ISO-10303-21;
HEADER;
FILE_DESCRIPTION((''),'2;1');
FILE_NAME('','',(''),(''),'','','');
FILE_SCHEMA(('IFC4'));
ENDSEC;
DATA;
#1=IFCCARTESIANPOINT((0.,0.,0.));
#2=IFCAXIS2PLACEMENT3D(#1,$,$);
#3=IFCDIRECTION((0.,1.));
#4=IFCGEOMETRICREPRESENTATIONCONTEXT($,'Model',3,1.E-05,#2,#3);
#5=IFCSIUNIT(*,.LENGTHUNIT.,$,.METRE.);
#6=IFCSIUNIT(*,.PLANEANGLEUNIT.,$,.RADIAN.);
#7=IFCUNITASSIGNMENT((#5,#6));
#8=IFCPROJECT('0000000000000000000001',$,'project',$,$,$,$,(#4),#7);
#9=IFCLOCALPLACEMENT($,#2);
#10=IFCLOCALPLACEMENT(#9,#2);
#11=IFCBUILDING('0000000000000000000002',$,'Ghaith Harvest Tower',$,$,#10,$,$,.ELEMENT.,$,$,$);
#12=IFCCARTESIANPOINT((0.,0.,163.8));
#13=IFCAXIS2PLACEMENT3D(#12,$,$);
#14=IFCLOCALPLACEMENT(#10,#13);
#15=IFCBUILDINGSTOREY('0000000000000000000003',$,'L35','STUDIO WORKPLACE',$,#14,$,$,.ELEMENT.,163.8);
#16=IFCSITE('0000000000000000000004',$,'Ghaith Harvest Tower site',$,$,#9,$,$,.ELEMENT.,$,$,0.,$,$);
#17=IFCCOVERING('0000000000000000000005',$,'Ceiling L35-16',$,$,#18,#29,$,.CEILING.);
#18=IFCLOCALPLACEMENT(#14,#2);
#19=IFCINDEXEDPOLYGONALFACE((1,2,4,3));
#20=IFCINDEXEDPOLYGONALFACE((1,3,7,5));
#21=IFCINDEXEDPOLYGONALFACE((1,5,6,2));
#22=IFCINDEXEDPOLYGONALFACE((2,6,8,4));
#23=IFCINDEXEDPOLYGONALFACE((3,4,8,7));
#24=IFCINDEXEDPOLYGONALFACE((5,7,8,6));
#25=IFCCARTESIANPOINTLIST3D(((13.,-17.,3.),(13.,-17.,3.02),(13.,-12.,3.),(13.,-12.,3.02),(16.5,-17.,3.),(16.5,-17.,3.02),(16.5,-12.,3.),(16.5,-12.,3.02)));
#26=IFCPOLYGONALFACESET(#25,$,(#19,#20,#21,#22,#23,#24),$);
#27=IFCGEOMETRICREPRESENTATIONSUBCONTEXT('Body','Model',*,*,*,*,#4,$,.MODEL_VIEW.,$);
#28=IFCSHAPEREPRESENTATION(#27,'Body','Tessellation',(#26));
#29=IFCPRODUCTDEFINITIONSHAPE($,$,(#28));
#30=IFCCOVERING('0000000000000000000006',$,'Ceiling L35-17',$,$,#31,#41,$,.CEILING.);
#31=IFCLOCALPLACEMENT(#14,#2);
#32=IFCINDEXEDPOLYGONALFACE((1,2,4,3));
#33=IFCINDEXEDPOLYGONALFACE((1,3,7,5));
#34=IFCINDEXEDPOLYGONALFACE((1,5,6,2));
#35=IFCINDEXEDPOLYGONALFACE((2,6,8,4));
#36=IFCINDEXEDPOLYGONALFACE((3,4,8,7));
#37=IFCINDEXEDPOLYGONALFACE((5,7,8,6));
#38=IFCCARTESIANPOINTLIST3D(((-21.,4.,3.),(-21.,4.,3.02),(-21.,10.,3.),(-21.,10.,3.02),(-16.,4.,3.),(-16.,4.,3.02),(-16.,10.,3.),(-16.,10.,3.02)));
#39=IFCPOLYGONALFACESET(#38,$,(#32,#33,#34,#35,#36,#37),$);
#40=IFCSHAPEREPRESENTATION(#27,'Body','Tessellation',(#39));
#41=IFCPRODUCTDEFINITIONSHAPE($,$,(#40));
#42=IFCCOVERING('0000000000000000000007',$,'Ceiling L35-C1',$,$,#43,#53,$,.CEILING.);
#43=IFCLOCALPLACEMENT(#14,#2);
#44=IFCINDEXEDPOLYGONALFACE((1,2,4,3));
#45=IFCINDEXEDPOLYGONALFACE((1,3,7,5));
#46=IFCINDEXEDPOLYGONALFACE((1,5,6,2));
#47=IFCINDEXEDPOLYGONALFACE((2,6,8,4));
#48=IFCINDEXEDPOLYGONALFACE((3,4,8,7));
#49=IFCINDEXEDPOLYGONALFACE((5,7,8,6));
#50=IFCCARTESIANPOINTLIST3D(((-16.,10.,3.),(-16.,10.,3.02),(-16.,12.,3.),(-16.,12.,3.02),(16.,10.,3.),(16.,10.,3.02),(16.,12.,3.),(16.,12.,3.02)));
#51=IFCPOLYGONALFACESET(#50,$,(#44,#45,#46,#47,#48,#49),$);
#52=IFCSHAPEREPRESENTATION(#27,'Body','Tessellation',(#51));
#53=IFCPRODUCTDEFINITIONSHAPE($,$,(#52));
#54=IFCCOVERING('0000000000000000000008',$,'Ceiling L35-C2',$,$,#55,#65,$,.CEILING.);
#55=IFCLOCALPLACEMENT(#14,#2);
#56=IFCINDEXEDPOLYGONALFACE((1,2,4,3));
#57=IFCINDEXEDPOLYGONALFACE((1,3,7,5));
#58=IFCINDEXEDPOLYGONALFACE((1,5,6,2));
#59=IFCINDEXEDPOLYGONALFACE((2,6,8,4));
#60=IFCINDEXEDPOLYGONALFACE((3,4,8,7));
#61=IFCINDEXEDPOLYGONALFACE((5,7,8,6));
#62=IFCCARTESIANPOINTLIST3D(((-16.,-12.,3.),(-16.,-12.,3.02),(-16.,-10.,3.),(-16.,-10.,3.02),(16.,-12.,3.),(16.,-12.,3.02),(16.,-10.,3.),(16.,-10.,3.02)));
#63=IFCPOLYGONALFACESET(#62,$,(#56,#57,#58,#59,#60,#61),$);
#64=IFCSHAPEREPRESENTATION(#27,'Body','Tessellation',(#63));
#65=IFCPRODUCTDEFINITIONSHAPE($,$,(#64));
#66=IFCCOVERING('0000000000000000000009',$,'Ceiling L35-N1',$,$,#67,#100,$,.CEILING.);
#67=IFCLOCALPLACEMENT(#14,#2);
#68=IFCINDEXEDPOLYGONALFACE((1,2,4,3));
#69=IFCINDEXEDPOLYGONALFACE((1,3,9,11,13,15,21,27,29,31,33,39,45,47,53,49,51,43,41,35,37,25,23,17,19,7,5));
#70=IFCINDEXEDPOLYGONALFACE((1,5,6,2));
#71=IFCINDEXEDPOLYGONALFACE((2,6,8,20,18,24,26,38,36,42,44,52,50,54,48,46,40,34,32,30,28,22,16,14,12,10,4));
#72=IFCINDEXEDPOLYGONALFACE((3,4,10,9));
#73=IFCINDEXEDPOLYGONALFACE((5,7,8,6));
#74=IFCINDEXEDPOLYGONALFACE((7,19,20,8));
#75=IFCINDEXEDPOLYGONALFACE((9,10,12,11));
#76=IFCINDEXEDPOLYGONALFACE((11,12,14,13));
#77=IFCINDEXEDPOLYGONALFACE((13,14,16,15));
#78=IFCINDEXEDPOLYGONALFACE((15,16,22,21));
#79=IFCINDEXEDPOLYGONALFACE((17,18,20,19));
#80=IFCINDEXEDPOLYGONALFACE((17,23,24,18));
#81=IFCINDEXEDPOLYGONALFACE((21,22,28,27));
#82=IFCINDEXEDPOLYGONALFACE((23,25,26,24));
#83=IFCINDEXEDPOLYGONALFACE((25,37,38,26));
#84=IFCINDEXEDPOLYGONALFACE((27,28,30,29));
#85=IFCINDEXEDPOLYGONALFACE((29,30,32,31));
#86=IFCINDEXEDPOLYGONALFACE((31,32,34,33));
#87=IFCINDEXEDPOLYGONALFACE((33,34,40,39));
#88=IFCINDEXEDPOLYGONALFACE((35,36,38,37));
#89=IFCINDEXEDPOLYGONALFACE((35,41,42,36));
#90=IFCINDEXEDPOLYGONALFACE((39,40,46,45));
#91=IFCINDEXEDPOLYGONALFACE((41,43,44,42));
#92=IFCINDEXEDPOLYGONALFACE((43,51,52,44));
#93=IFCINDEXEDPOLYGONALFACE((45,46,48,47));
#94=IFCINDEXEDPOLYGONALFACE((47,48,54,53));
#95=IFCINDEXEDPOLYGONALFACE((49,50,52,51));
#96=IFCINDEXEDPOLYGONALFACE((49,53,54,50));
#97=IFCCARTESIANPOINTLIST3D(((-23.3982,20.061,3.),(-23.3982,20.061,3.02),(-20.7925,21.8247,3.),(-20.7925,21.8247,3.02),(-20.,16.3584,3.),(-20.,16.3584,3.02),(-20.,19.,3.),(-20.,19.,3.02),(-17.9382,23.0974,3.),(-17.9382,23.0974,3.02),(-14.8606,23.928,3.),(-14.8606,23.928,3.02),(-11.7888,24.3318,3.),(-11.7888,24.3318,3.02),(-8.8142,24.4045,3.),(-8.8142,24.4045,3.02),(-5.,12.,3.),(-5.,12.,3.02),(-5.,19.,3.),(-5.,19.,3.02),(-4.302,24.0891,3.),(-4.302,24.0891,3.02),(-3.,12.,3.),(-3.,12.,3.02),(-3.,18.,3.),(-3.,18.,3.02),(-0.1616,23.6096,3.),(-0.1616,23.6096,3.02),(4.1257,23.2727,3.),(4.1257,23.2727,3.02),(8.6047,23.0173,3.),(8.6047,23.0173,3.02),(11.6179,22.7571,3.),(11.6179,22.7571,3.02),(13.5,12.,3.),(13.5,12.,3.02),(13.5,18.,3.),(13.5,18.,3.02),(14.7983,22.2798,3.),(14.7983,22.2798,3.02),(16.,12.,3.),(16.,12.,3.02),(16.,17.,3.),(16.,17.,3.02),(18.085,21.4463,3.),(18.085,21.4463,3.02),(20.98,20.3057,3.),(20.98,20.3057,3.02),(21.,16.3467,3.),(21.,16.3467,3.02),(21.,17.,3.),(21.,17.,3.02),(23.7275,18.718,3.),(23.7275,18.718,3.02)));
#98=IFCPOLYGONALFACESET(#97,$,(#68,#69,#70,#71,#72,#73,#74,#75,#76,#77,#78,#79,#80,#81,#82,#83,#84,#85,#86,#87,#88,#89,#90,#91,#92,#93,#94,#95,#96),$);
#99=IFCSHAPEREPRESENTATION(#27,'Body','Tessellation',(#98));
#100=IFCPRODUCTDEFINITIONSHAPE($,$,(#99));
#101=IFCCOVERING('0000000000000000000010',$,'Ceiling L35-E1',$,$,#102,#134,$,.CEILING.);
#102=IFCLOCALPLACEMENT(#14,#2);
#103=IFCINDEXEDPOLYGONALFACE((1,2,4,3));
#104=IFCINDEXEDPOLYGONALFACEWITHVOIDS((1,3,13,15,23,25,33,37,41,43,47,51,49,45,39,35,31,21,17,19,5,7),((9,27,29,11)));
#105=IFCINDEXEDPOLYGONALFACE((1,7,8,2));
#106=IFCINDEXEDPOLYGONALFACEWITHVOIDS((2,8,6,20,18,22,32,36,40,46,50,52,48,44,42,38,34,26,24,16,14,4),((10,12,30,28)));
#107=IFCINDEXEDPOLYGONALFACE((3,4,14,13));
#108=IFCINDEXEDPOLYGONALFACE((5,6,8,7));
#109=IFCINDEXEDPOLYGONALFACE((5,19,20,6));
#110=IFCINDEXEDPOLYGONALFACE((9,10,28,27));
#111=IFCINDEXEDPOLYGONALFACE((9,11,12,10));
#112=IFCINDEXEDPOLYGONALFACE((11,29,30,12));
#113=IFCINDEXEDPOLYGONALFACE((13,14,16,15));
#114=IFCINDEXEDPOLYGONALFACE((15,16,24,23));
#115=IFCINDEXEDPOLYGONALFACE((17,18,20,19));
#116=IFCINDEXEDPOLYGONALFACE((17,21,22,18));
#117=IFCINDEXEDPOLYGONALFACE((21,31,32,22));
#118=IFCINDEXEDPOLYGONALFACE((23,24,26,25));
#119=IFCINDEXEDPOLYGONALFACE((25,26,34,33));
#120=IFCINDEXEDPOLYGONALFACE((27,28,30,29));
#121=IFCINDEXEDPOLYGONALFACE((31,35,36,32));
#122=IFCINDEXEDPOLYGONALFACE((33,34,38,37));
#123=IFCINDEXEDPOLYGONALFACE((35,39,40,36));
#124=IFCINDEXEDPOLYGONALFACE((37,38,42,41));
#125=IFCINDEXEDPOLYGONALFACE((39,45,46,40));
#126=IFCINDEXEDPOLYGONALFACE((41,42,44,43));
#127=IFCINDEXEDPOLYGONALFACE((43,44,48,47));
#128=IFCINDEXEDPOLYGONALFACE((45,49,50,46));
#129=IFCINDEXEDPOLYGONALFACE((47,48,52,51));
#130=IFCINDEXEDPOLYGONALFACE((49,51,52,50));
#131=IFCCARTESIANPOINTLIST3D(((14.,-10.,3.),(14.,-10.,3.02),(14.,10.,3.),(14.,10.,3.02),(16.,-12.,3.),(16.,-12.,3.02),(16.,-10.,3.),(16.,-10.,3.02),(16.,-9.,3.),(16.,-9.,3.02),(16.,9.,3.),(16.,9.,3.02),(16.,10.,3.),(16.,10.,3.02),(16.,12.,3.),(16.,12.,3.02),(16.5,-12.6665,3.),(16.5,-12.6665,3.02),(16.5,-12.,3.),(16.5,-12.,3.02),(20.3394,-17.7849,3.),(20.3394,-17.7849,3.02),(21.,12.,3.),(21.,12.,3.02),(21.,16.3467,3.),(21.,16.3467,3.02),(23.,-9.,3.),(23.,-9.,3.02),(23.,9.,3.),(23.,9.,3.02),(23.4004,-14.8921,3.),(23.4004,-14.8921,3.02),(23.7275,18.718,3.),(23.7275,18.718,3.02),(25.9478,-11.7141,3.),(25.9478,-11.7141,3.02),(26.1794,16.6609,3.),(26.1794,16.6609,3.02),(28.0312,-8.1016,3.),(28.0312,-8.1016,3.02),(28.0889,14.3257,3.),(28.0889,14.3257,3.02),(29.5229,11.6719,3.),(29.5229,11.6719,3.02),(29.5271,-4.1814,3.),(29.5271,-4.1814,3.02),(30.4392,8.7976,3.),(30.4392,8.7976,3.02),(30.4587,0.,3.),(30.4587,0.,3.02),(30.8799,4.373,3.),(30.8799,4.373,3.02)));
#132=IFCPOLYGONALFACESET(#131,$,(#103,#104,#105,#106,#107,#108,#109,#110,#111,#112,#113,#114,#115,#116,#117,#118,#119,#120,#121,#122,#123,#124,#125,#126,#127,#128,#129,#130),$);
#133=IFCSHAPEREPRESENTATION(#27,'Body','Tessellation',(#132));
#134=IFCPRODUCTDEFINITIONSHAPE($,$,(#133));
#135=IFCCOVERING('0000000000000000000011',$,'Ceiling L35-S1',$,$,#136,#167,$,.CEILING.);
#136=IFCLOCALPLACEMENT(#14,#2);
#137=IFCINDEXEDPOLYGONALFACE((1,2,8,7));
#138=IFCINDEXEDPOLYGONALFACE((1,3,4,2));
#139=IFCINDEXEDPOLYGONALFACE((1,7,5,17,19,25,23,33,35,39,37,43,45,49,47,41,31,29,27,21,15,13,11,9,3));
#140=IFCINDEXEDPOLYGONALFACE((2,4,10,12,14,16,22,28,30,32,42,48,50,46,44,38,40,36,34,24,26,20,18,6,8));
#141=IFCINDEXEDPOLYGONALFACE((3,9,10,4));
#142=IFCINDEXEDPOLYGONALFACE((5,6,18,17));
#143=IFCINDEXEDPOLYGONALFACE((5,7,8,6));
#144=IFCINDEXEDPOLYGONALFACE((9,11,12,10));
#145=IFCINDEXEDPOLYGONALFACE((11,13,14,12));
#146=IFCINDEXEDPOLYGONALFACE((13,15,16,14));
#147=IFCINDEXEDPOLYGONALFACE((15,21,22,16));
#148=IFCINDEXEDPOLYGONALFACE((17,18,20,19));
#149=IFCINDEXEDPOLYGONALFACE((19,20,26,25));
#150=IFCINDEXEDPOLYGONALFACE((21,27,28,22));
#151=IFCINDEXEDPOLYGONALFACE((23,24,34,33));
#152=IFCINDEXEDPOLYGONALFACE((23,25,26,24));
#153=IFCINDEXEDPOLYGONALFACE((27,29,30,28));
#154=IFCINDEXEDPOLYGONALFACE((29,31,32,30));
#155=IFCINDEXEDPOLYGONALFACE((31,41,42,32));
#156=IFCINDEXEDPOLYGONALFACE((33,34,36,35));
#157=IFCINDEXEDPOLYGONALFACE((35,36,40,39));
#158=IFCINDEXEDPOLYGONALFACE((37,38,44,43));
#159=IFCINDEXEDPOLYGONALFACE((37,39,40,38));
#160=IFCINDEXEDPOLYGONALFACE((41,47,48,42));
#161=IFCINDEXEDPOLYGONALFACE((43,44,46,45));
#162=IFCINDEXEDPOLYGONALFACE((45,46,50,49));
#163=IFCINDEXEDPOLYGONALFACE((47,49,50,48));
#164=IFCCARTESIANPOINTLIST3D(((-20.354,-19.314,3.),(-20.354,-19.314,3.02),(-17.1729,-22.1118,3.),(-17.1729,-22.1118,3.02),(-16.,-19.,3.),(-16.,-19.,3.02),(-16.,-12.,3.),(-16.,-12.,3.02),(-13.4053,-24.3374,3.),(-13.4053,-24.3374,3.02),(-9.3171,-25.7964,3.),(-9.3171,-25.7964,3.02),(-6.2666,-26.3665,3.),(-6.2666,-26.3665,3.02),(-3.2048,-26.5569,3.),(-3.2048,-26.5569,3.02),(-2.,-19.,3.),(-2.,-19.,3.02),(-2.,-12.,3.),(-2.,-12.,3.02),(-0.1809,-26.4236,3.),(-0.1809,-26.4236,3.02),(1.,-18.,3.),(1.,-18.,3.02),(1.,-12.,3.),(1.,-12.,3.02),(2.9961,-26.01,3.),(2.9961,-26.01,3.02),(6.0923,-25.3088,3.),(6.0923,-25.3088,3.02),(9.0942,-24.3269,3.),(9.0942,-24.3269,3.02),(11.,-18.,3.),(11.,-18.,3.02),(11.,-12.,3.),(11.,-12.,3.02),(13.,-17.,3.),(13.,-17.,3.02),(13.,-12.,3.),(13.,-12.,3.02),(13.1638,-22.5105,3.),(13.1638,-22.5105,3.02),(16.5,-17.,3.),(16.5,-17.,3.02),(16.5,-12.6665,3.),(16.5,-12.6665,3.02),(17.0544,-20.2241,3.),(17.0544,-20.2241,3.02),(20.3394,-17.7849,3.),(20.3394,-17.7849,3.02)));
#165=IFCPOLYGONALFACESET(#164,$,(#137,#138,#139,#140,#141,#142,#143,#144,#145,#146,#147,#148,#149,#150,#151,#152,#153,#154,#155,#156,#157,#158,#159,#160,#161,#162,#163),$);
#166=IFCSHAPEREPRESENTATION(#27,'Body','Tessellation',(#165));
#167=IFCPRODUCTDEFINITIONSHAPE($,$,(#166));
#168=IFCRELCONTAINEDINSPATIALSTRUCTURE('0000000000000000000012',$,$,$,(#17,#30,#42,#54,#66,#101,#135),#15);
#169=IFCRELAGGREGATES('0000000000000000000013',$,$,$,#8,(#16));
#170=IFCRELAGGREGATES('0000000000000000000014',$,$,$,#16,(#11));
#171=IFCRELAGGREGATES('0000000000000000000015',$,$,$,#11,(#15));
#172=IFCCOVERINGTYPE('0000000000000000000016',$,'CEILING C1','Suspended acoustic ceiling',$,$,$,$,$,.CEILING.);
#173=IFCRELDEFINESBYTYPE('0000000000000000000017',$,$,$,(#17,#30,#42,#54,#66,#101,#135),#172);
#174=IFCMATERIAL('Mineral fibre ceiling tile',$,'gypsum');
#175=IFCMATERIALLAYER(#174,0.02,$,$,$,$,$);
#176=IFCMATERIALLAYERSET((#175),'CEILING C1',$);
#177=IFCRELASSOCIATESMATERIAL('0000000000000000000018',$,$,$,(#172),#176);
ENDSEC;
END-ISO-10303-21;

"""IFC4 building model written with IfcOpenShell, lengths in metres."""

from ifc_helpers import new_model, si_unit, direction, frame, origin, place, context, subcontext, project, spatial, polyline, outline, extrude, material, layer, layer_set, type_object, element, save


model = new_model("IFC4")

# Units and contexts
model_context = context("Model", 3, precision=1e-05, world=origin(), true_north=direction((0.0, 1.0)))
body_context = subcontext(model_context, "Body", "Model", "MODEL_VIEW")
ifc_project = project(units=[si_unit("LENGTHUNIT", "METRE"), si_unit("PLANEANGLEUNIT", "RADIAN")], contexts=[model_context])

# Site, building, storey
site_placement = place(None, origin())
site = spatial("IfcSite", under=ifc_project, at=site_placement, Name="Ghaith Harvest Tower site", CompositionType="ELEMENT", RefElevation=0.0)
building_placement = place(site_placement, origin())
building = spatial("IfcBuilding", under=site, at=building_placement, Name="Ghaith Harvest Tower", CompositionType="ELEMENT")
storey_placement = place(building_placement, frame((0.0, 0.0, 163.8)))
storey = spatial("IfcBuildingStorey", under=building, at=storey_placement, Name="L35", Description="STUDIO WORKPLACE", CompositionType="ELEMENT", Elevation=163.8)

# Coverings
ifc_material_1 = material(Name="Mineral fibre ceiling tile", Category="gypsum")
ifc_layer_1 = layer(ifc_material_1, 0.02)
ifc_layer_set_1 = layer_set([ifc_layer_1], Name="CEILING C1")
covering_type = type_object("IfcCoveringType", Name="CEILING C1", Description="Suspended acoustic ceiling", PredefinedType="CEILING", material=ifc_layer_set_1)
covering_1_placement = place(storey_placement, frame((0.0, 0.0, 3.0)))
element("IfcCovering", 1, at=covering_1_placement, inside=storey, type_object=covering_type, Name="Ceiling L35-16", PredefinedType="CEILING", context=body_context, shape_type="SweptSolid", body=[
    extrude(outline(polyline([(13.0, -17.0), (16.5, -17.0), (16.5, -12.0), (13.0, -12.0), (13.0, -17.0)])), origin(), (0.0, 0.0, 1.0), 0.02),
])
covering_2_placement = place(storey_placement, frame((0.0, 0.0, 3.0)))
element("IfcCovering", 2, at=covering_2_placement, inside=storey, type_object=covering_type, Name="Ceiling L35-17", PredefinedType="CEILING", context=body_context, shape_type="SweptSolid", body=[
    extrude(outline(polyline([(-21.0, 4.0), (-16.0, 4.0), (-16.0, 10.0), (-21.0, 10.0), (-21.0, 4.0)])), origin(), (0.0, 0.0, 1.0), 0.02),
])
covering_3_placement = place(storey_placement, frame((0.0, 0.0, 3.0)))
element("IfcCovering", 3, at=covering_3_placement, inside=storey, type_object=covering_type, Name="Ceiling L35-C1", PredefinedType="CEILING", context=body_context, shape_type="SweptSolid", body=[
    extrude(outline(polyline([(16.0, 10.0), (-16.0, 10.0), (-16.0, 12.0), (16.0, 12.0), (16.0, 10.0)])), origin(), (0.0, 0.0, 1.0), 0.02),
])
covering_4_placement = place(storey_placement, frame((0.0, 0.0, 3.0)))
element("IfcCovering", 4, at=covering_4_placement, inside=storey, type_object=covering_type, Name="Ceiling L35-C2", PredefinedType="CEILING", context=body_context, shape_type="SweptSolid", body=[
    extrude(outline(polyline([(-16.0, -10.0), (16.0, -10.0), (16.0, -12.0), (-16.0, -12.0), (-16.0, -10.0)])), origin(), (0.0, 0.0, 1.0), 0.02),
])
covering_5_placement = place(storey_placement, frame((0.0, 0.0, 3.0)))
element("IfcCovering", 5, at=covering_5_placement, inside=storey, type_object=covering_type, Name="Ceiling L35-N1", PredefinedType="CEILING", context=body_context, shape_type="SweptSolid", body=[
    extrude(outline(polyline([(-20.7925, 21.8247), (-17.9382, 23.0974), (-14.8606, 23.928), (-11.7888, 24.3318), (-8.8142, 24.4045), (-4.302, 24.0891), (-0.1616, 23.6096), (4.1257, 23.2727), (8.6047, 23.0173), (11.6179, 22.7571), (14.7983, 22.2798), (18.085, 21.4463), (20.98, 20.3057), (23.7275, 18.718), (21.0, 16.3467), (21.0, 17.0), (16.0, 17.0), (16.0, 12.0), (13.5, 12.0), (13.5, 18.0), (-3.0, 18.0), (-3.0, 12.0), (-5.0, 12.0), (-5.0, 19.0), (-20.0, 19.0), (-20.0, 16.3584), (-23.3982, 20.061), (-20.7925, 21.8247)])), origin(), (0.0, 0.0, 1.0), 0.02),
])
covering_6_placement = place(storey_placement, frame((0.0, 0.0, 3.0)))
element("IfcCovering", 6, at=covering_6_placement, inside=storey, type_object=covering_type, Name="Ceiling L35-E1", PredefinedType="CEILING", context=body_context, shape_type="SweptSolid", body=[
    extrude(outline(polyline([(26.1794, 16.6609), (28.0889, 14.3257), (29.5229, 11.6719), (30.4392, 8.7976), (30.8799, 4.373), (30.4587, 0.0), (29.5271, -4.1814), (28.0312, -8.1016), (25.9478, -11.7141), (23.4004, -14.8921), (20.3394, -17.7849), (16.5, -12.6665), (16.5, -12.0), (16.0, -12.0), (16.0, -10.0), (14.0, -10.0), (14.0, 10.0), (16.0, 10.0), (16.0, 12.0), (21.0, 12.0), (21.0, 16.3467), (23.7275, 18.718), (26.1794, 16.6609)]), holes=[polyline([(23.0, -9.0), (23.0, 9.0), (16.0, 9.0), (16.0, -9.0), (23.0, -9.0)])]), origin(), (0.0, 0.0, 1.0), 0.02),
])
covering_7_placement = place(storey_placement, frame((0.0, 0.0, 3.0)))
element("IfcCovering", 7, at=covering_7_placement, inside=storey, type_object=covering_type, Name="Ceiling L35-S1", PredefinedType="CEILING", context=body_context, shape_type="SweptSolid", body=[
    extrude(outline(polyline([(17.0544, -20.2241), (13.1638, -22.5105), (9.0942, -24.3269), (6.0923, -25.3088), (2.9961, -26.01), (-0.1809, -26.4236), (-3.2048, -26.5569), (-6.2666, -26.3665), (-9.3171, -25.7964), (-13.4053, -24.3374), (-17.1729, -22.1118), (-20.354, -19.314), (-16.0, -12.0), (-16.0, -19.0), (-2.0, -19.0), (-2.0, -12.0), (1.0, -12.0), (1.0, -18.0), (11.0, -18.0), (11.0, -12.0), (13.0, -12.0), (13.0, -17.0), (16.5, -17.0), (16.5, -12.6665), (20.3394, -17.7849), (17.0544, -20.2241)])), origin(), (0.0, 0.0, 1.0), 0.02),
])

save(model, "model.ifc")
